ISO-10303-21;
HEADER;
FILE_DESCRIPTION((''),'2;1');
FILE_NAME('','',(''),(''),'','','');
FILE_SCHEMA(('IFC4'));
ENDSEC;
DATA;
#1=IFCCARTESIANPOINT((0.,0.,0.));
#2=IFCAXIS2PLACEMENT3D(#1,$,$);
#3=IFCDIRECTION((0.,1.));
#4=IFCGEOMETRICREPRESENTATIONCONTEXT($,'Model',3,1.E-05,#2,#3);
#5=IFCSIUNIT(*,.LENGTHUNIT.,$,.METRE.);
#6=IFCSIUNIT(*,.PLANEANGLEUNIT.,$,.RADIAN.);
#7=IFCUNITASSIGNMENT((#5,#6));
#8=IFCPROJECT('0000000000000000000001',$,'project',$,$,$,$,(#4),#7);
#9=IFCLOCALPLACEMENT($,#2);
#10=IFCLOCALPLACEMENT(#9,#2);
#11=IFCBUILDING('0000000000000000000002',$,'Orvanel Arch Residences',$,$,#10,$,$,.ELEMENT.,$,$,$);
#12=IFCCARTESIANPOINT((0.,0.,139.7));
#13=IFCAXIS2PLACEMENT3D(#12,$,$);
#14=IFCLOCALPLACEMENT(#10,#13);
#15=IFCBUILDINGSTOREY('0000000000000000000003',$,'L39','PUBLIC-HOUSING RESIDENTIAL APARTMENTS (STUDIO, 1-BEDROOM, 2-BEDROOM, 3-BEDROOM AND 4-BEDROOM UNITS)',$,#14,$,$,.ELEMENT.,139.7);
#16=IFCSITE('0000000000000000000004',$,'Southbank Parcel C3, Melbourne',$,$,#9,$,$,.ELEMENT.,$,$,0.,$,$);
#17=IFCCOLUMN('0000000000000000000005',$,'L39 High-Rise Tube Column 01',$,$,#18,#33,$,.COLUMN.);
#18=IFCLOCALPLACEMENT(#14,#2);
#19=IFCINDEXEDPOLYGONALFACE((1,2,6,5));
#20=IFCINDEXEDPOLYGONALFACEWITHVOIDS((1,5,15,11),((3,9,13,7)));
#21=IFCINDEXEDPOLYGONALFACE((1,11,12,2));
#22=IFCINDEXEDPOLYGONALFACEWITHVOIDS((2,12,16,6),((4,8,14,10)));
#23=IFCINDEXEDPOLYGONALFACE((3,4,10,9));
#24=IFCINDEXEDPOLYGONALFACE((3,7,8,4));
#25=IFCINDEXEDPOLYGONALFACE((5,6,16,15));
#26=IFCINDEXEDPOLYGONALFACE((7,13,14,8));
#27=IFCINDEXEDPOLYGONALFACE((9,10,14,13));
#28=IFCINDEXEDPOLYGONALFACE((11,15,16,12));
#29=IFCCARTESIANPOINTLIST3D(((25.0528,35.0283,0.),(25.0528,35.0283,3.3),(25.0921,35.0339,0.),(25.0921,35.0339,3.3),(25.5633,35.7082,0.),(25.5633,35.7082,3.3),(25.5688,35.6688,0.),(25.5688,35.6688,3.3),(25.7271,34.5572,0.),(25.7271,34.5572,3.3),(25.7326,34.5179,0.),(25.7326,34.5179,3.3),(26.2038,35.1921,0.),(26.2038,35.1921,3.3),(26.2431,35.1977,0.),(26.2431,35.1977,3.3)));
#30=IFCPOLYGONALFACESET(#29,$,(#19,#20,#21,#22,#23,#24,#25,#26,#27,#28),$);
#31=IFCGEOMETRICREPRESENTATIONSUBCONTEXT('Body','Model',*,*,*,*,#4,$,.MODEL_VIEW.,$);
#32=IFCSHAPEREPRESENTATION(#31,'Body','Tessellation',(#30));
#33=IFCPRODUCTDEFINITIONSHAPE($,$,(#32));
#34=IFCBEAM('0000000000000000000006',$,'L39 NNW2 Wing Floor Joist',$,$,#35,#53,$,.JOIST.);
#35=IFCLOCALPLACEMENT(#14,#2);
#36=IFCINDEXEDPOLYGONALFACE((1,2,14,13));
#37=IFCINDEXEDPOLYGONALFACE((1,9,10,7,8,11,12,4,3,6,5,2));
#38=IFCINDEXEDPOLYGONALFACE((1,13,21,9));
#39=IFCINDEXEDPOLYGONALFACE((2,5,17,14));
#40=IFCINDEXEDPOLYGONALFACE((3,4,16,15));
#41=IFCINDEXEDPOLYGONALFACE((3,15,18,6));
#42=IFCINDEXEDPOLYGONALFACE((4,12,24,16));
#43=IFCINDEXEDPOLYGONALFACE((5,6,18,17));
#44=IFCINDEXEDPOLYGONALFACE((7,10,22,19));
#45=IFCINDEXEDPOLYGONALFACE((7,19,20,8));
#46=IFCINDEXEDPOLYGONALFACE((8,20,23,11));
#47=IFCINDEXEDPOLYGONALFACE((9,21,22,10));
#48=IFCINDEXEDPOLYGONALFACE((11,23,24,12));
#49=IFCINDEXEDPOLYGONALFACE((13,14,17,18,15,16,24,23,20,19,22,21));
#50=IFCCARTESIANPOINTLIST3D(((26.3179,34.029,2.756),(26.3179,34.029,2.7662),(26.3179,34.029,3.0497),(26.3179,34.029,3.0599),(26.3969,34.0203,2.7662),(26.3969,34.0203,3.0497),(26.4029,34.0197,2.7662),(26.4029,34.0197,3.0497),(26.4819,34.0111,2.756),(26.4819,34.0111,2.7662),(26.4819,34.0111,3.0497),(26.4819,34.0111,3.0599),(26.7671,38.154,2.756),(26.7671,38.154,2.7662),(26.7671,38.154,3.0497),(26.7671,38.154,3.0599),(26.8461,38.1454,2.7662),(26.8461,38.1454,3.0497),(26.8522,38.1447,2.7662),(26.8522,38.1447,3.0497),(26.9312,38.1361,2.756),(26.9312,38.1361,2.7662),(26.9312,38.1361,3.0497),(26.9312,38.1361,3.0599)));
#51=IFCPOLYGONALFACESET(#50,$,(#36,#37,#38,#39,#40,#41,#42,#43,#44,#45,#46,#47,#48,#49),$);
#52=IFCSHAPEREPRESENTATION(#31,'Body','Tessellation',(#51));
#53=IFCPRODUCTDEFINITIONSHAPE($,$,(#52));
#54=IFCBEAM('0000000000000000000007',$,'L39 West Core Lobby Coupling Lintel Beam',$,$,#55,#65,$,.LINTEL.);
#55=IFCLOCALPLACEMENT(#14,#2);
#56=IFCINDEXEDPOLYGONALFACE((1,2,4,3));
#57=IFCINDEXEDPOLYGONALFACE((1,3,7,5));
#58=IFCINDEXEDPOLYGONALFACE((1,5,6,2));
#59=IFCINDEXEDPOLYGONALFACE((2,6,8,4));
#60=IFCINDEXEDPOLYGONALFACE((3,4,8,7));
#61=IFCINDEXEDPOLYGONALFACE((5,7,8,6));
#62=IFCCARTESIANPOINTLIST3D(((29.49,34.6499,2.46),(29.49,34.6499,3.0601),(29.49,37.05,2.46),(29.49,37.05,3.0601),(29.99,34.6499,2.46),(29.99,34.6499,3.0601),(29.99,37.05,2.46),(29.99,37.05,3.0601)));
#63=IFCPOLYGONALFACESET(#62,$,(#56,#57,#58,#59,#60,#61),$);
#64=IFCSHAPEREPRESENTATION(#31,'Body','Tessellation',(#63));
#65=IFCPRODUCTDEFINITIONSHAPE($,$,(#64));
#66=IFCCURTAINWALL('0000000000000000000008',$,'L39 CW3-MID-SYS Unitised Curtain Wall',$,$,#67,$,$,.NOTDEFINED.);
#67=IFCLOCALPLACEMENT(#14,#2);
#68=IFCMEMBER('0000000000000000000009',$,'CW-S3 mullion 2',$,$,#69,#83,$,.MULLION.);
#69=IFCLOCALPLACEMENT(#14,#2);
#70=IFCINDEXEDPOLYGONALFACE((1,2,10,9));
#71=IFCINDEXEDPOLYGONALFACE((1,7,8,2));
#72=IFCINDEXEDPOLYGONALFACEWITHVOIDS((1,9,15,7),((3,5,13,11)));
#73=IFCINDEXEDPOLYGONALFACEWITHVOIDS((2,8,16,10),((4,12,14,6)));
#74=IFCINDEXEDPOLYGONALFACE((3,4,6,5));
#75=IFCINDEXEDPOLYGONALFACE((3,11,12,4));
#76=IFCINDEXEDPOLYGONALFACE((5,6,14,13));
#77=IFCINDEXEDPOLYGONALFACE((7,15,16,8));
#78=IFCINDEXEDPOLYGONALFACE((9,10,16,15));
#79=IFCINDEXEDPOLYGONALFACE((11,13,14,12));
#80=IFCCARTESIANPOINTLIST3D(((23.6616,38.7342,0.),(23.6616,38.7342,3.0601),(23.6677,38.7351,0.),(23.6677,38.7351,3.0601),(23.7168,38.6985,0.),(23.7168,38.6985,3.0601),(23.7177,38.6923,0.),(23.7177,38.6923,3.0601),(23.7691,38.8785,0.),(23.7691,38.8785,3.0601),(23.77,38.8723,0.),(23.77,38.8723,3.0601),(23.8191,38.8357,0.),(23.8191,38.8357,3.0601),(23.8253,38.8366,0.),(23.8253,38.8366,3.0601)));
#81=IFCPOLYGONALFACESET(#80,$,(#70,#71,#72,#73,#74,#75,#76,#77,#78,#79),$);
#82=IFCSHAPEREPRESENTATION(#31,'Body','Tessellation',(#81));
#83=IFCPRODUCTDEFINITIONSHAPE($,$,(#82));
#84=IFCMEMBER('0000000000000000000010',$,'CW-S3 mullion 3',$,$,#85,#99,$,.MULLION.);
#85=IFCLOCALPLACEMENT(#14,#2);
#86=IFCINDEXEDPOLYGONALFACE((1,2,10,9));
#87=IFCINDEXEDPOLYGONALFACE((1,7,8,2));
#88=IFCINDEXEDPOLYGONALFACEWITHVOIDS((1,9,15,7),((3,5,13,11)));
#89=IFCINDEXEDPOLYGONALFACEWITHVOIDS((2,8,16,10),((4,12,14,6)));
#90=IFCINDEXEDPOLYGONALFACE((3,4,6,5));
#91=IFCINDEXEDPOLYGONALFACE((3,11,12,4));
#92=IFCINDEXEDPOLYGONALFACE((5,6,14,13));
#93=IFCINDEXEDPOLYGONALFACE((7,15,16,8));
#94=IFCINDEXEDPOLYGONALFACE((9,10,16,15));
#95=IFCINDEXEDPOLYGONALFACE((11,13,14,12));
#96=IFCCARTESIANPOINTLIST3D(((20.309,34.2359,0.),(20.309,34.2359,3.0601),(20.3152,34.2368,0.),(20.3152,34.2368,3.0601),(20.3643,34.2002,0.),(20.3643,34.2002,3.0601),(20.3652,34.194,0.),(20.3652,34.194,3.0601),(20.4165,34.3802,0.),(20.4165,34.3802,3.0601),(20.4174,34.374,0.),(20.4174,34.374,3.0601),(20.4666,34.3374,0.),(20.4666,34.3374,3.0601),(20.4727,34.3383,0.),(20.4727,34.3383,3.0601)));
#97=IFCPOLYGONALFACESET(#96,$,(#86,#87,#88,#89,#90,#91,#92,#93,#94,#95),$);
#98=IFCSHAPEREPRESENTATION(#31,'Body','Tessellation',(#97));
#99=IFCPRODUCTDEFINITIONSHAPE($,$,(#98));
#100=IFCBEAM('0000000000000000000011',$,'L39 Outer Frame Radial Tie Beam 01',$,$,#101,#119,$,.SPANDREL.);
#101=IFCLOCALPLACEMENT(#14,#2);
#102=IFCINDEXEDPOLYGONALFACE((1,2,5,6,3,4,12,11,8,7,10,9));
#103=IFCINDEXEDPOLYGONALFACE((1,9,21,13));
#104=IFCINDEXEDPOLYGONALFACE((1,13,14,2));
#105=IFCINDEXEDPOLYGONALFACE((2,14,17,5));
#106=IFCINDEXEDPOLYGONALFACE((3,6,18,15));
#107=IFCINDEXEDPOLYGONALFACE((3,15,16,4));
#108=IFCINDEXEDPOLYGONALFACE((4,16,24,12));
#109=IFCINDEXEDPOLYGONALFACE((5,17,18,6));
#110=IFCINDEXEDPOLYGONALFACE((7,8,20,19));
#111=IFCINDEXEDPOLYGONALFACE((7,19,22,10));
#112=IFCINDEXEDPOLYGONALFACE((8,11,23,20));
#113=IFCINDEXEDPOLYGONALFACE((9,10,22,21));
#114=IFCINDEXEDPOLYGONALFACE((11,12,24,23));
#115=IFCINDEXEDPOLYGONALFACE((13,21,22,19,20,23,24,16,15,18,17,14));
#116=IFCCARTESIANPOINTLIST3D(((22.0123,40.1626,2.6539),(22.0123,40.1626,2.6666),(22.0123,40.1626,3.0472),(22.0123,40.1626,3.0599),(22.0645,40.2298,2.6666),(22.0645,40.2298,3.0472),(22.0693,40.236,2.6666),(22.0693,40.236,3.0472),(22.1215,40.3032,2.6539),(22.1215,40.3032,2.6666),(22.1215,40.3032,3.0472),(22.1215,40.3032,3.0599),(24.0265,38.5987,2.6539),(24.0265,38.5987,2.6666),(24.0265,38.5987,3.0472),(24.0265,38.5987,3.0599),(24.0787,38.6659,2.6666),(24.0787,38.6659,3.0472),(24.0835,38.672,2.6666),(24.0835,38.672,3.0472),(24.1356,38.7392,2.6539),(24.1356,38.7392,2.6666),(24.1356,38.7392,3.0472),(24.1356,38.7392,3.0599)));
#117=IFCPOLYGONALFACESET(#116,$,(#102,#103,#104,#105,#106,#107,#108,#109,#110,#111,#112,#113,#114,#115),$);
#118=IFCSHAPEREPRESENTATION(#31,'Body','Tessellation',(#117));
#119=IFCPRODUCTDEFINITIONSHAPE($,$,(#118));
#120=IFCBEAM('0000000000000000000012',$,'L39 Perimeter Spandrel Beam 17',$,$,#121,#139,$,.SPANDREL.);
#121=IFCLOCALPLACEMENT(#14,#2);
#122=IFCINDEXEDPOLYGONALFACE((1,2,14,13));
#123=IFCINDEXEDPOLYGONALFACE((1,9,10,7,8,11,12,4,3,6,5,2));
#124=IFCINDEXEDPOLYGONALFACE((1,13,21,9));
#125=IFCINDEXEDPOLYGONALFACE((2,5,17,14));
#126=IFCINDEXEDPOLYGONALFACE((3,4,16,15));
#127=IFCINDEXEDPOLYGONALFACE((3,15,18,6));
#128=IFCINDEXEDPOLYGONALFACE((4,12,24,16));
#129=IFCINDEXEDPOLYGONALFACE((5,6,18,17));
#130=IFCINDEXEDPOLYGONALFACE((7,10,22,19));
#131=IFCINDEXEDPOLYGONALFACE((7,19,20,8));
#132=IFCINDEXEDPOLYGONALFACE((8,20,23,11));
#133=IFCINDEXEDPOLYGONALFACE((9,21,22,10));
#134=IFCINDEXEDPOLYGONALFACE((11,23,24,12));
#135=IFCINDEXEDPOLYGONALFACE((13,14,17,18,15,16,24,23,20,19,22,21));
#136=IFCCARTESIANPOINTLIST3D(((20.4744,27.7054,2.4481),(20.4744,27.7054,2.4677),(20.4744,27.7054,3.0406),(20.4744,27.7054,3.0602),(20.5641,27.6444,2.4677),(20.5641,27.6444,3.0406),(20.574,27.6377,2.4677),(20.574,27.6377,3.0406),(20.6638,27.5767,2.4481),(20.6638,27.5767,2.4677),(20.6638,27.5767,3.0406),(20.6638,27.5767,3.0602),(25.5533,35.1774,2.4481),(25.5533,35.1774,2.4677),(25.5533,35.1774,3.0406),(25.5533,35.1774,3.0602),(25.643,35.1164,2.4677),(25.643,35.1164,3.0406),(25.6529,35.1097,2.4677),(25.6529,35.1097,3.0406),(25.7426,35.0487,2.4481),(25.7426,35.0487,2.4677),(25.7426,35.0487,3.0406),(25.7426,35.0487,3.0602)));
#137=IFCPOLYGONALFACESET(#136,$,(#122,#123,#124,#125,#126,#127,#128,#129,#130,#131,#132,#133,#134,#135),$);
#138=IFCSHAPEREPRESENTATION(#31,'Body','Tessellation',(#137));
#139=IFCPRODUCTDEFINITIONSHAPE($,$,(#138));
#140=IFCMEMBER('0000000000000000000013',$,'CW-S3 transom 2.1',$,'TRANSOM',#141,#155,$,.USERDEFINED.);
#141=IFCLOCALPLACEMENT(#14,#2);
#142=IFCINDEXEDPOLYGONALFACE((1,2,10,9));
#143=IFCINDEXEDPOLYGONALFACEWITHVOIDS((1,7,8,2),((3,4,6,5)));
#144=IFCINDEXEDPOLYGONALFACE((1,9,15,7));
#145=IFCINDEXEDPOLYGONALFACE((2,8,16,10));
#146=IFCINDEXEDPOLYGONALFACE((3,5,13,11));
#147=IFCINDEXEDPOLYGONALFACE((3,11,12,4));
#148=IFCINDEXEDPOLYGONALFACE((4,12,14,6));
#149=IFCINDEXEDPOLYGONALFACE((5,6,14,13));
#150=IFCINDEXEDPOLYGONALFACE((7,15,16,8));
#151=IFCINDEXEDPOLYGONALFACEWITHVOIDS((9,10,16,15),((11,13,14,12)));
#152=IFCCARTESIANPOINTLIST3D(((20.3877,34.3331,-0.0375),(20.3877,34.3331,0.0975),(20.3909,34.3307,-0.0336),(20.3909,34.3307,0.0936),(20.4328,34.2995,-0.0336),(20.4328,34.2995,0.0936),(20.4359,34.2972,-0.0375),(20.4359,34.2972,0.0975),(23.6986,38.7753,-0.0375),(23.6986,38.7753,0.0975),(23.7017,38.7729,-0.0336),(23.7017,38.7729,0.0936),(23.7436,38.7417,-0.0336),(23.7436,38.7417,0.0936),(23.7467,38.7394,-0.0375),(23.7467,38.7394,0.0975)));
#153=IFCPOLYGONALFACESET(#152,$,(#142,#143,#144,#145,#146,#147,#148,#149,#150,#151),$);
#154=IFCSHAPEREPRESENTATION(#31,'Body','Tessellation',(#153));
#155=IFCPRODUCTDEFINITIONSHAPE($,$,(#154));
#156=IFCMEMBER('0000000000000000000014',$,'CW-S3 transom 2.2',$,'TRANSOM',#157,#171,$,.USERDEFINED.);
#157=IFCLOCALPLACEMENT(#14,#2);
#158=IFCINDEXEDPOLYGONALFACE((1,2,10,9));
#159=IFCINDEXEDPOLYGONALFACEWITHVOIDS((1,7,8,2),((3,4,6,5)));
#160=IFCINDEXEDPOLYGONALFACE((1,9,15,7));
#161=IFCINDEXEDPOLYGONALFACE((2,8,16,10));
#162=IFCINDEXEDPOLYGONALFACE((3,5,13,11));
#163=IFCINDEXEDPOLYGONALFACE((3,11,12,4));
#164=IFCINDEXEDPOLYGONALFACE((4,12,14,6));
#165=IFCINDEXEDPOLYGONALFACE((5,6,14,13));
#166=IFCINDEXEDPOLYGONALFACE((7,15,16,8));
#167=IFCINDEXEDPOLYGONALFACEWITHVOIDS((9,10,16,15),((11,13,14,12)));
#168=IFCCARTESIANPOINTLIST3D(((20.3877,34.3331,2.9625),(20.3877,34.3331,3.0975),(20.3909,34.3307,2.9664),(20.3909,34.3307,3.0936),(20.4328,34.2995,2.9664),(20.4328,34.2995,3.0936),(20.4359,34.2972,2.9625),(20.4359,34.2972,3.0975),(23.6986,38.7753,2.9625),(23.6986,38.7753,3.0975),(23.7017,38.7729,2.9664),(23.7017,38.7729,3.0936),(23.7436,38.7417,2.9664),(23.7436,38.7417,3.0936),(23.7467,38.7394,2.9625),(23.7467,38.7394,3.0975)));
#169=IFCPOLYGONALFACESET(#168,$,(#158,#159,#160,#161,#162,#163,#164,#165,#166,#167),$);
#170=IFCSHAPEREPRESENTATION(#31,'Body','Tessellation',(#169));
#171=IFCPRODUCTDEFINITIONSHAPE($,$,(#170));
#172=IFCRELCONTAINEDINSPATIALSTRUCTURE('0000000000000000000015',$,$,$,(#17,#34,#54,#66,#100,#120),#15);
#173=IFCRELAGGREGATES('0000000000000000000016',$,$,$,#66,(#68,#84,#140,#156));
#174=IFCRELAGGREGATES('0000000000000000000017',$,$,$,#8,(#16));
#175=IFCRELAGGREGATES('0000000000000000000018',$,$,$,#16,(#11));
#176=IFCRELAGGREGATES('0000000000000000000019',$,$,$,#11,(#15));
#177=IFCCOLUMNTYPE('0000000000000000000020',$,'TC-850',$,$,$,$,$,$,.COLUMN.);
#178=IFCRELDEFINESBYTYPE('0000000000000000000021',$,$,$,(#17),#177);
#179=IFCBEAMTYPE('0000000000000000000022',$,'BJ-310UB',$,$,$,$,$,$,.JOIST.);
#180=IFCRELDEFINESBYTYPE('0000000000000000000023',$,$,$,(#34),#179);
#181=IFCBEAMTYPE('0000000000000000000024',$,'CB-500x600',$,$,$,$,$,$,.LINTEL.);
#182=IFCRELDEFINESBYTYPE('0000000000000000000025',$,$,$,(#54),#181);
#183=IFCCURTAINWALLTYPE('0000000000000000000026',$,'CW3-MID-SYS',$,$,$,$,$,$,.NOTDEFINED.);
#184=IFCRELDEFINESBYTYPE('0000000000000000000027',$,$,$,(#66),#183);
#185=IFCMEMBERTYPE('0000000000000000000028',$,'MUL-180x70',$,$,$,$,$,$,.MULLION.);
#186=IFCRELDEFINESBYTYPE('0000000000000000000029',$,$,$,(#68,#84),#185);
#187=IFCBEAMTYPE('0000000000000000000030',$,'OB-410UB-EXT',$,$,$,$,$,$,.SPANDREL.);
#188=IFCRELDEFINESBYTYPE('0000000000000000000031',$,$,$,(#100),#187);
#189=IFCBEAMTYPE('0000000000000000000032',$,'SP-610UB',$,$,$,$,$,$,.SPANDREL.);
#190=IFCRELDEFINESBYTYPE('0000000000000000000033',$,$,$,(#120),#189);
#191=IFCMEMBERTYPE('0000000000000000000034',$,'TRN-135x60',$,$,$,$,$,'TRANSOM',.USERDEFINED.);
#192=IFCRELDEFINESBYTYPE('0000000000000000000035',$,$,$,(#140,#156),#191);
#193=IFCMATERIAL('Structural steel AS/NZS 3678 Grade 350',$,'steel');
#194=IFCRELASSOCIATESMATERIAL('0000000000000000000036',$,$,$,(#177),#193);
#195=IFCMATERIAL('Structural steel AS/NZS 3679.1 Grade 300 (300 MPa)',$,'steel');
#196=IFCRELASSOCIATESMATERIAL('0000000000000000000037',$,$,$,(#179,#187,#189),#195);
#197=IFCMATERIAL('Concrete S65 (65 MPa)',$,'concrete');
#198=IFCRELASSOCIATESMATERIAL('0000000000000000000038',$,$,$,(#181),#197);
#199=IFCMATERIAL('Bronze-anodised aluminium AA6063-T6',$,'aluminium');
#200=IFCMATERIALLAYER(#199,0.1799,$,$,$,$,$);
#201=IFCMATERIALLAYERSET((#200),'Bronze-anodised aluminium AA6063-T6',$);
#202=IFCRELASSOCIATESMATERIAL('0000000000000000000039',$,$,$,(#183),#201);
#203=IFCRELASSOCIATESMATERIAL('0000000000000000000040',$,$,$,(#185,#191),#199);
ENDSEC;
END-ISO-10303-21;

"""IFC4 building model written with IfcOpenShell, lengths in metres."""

from ifc_helpers import new_model, si_unit, direction, frame, origin, origin_2d, place, context, subcontext, project, spatial, rectangle, hollow_rectangle, i_section, extrude, material, layer, layer_set, material_profile, profile_set, type_object, element, aggregate, save


model = new_model("IFC4")

# Units and contexts
model_context = context("Model", 3, precision=1e-05, world=origin(), true_north=direction((0.0, 1.0)))
body_context = subcontext(model_context, "Body", "Model", "MODEL_VIEW")
ifc_project = project(units=[si_unit("LENGTHUNIT", "METRE"), si_unit("PLANEANGLEUNIT", "RADIAN")], contexts=[model_context])

# Site, building, storey
site_placement = place(None, origin())
site = spatial("IfcSite", under=ifc_project, at=site_placement, Name="Southbank Parcel C3, Melbourne", CompositionType="ELEMENT", RefElevation=0.0)
building_placement = place(site_placement, origin())
building = spatial("IfcBuilding", under=site, at=building_placement, Name="Orvanel Arch Residences", CompositionType="ELEMENT")
storey_placement = place(building_placement, frame((0.0, 0.0, 139.7)))
storey = spatial("IfcBuildingStorey", under=building, at=storey_placement, Name="L39", Description="PUBLIC-HOUSING RESIDENTIAL APARTMENTS (STUDIO, 1-BEDROOM, 2-BEDROOM, 3-BEDROOM AND 4-BEDROOM UNITS)", CompositionType="ELEMENT", Elevation=139.7)

# Column
ifc_material_1 = material(Name="Structural steel AS/NZS 3678 Grade 350", Category="steel")
ifc_material_profile_1 = material_profile(ifc_material_1, hollow_rectangle(XDim=0.8501, YDim=0.8501, WallThickness=0.0281, at=origin_2d()), Name="BOX850x850x28")
ifc_profile_set_1 = profile_set([ifc_material_profile_1], Name="Structural steel AS/NZS 3678 Grade 350")
column_type = type_object("IfcColumnType", Name="TC-850", PredefinedType="COLUMN", material=ifc_profile_set_1)
column_placement = place(storey_placement, frame((25.6479, 35.113, 0.0), z_axis=(0.0, 0.0, 1.0), x_axis=(0.60042, 0.799685, 0.0)))
element("IfcColumn", 1, at=column_placement, inside=storey, type_object=column_type, Name="L39 High-Rise Tube Column 01", PredefinedType="COLUMN", context=body_context, shape_type="SweptSolid", body=[
    extrude(hollow_rectangle(XDim=0.8501, YDim=0.8501, WallThickness=0.0281, at=origin_2d()), origin(), (0.0, 0.0, 1.0), 3.3),
])

# Beams
ifc_material_2 = material(Name="Structural steel AS/NZS 3679.1 Grade 300 (300 MPa)", Category="steel")
ifc_material_profile_2 = material_profile(ifc_material_2, i_section(OverallWidth=0.165, OverallDepth=0.304, WebThickness=0.0061, FlangeThickness=0.0103, at=origin_2d()), Name="310UB40.4")
ifc_profile_set_2 = profile_set([ifc_material_profile_2], Name="Structural steel AS/NZS 3679.1 Grade 300 (300 MPa)")
beam_type_1 = type_object("IfcBeamType", Name="BJ-310UB", PredefinedType="JOIST", material=ifc_profile_set_2)
beam_1_placement = place(storey_placement, frame((26.3999, 34.02, 2.908), z_axis=(0.108261, 0.994122, 0.0), x_axis=(-0.994122, 0.108261, 0.0)))
element("IfcBeam", 2, at=beam_1_placement, inside=storey, type_object=beam_type_1, Name="L39 NNW2 Wing Floor Joist", PredefinedType="JOIST", context=body_context, shape_type="SweptSolid", body=[
    extrude(i_section(OverallWidth=0.165, OverallDepth=0.304, WebThickness=0.0061, FlangeThickness=0.0103, at=origin_2d()), origin(), (0.0, 0.0, 1.0), 4.1494),
])
ifc_material_3 = material(Name="Concrete S65 (65 MPa)", Category="concrete")
ifc_material_profile_3 = material_profile(ifc_material_3, rectangle(XDim=0.5, YDim=0.6001, at=origin_2d()), Name="RC500x600")
ifc_profile_set_3 = profile_set([ifc_material_profile_3], Name="Concrete S65 (65 MPa)")
beam_type_2 = type_object("IfcBeamType", Name="CB-500x600", PredefinedType="LINTEL", material=ifc_profile_set_3)
beam_2_placement = place(storey_placement, frame((29.74, 34.6499, 2.76), z_axis=(0.0, 1.0, 0.0), x_axis=(-1.0, 0.0, 0.0)))
element("IfcBeam", 3, at=beam_2_placement, inside=storey, type_object=beam_type_2, Name="L39 West Core Lobby Coupling Lintel Beam", PredefinedType="LINTEL", context=body_context, shape_type="SweptSolid", body=[
    extrude(rectangle(XDim=0.5, YDim=0.6001, at=origin_2d()), origin(), (0.0, 0.0, 1.0), 2.4001),
])

# Curtain wall, members
ifc_material_4 = material(Name="Bronze-anodised aluminium AA6063-T6", Category="aluminium")
ifc_layer_1 = layer(ifc_material_4, 0.1799)
ifc_layer_set_1 = layer_set([ifc_layer_1], Name="Bronze-anodised aluminium AA6063-T6")
curtain_wall_type = type_object("IfcCurtainWallType", Name="CW3-MID-SYS", PredefinedType="NOTDEFINED", material=ifc_layer_set_1)
curtain_wall_placement = place(storey_placement, origin())
curtain_wall = element("IfcCurtainWall", 4, at=curtain_wall_placement, inside=storey, type_object=curtain_wall_type, Name="L39 CW3-MID-SYS Unitised Curtain Wall", PredefinedType="NOTDEFINED")
ifc_material_profile_4 = material_profile(ifc_material_4, hollow_rectangle(XDim=0.0701, YDim=0.1799, WallThickness=0.0044, at=origin_2d()), Name="ALU180x70x4.5")
ifc_profile_set_4 = profile_set([ifc_material_profile_4], Name="Bronze-anodised aluminium AA6063-T6")
member_type_1 = type_object("IfcMemberType", Name="MUL-180x70", PredefinedType="MULLION", material=ifc_profile_set_4)
member_1_placement = place(storey_placement, frame((23.7434, 38.7854, 0.0), z_axis=(0.0, 0.0, 1.0), x_axis=(0.801814, -0.597574, 0.0)))
member_1 = element("IfcMember", 5, at=member_1_placement, type_object=member_type_1, Name="CW-S3 mullion 2", PredefinedType="MULLION", context=body_context, shape_type="SweptSolid", body=[
    extrude(hollow_rectangle(XDim=0.0701, YDim=0.1799, WallThickness=0.0044, at=origin_2d()), origin(), (0.0, 0.0, 1.0), 3.0601),
])
member_2_placement = place(storey_placement, frame((20.3909, 34.2871, 0.0), z_axis=(0.0, 0.0, 1.0), x_axis=(0.801814, -0.597574, 0.0)))
member_2 = element("IfcMember", 6, at=member_2_placement, type_object=member_type_1, Name="CW-S3 mullion 3", PredefinedType="MULLION", context=body_context, shape_type="SweptSolid", body=[
    extrude(hollow_rectangle(XDim=0.0701, YDim=0.1799, WallThickness=0.0044, at=origin_2d()), origin(), (0.0, 0.0, 1.0), 3.0601),
])

# Beams
ifc_material_profile_5 = material_profile(ifc_material_2, i_section(OverallWidth=0.178, OverallDepth=0.406, WebThickness=0.0078, FlangeThickness=0.0127, at=origin_2d()), Name="410UB59.7")
ifc_profile_set_5 = profile_set([ifc_material_profile_5], Name="Structural steel AS/NZS 3679.1 Grade 300 (300 MPa)")
beam_type_3 = type_object("IfcBeamType", Name="OB-410UB-EXT", PredefinedType="SPANDREL", material=ifc_profile_set_5)
beam_3_placement = place(storey_placement, frame((24.0811, 38.6689, 2.8569), z_axis=(-0.789847, 0.613304, 0.0), x_axis=(-0.613304, -0.789847, 0.0)))
element("IfcBeam", 7, at=beam_3_placement, inside=storey, type_object=beam_type_3, Name="L39 Outer Frame Radial Tie Beam 01", PredefinedType="SPANDREL", context=body_context, shape_type="SweptSolid", body=[
    extrude(i_section(OverallWidth=0.178, OverallDepth=0.406, WebThickness=0.0078, FlangeThickness=0.0127, at=origin_2d()), origin(), (0.0, 0.0, 1.0), 2.55),
])
ifc_material_profile_6 = material_profile(ifc_material_2, i_section(OverallWidth=0.229, OverallDepth=0.6121, WebThickness=0.012, FlangeThickness=0.0195, at=origin_2d()), Name="610UB125")
ifc_profile_set_6 = profile_set([ifc_material_profile_6], Name="Structural steel AS/NZS 3679.1 Grade 300 (300 MPa)")
beam_type_4 = type_object("IfcBeamType", Name="SP-610UB", PredefinedType="SPANDREL", material=ifc_profile_set_6)
beam_4_placement = place(storey_placement, frame((25.6479, 35.113, 2.7542), z_axis=(-0.562155, -0.827032, 0.0), x_axis=(0.827032, -0.562155, 0.0)))
element("IfcBeam", 8, at=beam_4_placement, inside=storey, type_object=beam_type_4, Name="L39 Perimeter Spandrel Beam 17", PredefinedType="SPANDREL", context=body_context, shape_type="SweptSolid", body=[
    extrude(i_section(OverallWidth=0.229, OverallDepth=0.6121, WebThickness=0.012, FlangeThickness=0.0195, at=origin_2d()), origin(), (0.0, 0.0, 1.0), 9.0347),
])

# Members
ifc_material_profile_7 = material_profile(ifc_material_4, hollow_rectangle(XDim=0.0601, YDim=0.135, WallThickness=0.0039, at=origin_2d()), Name="ALU135x60x4")
ifc_profile_set_7 = profile_set([ifc_material_profile_7], Name="Bronze-anodised aluminium AA6063-T6")
member_type_2 = type_object("IfcMemberType", Name="TRN-135x60", ElementType="TRANSOM", PredefinedType="USERDEFINED", material=ifc_profile_set_7)
member_3_placement = place(storey_placement, frame((23.7227, 38.7573, 0.03), z_axis=(-0.597593, -0.8018, 0.0), x_axis=(0.8018, -0.597593, 0.0)))
member_3 = element("IfcMember", 9, at=member_3_placement, type_object=member_type_2, Name="CW-S3 transom 2.1", ObjectType="TRANSOM", PredefinedType="USERDEFINED", context=body_context, shape_type="SweptSolid", body=[
    extrude(hollow_rectangle(XDim=0.0601, YDim=0.135, WallThickness=0.0039, at=origin_2d()), origin(), (0.0, 0.0, 1.0), 5.5403),
])
member_4_placement = place(storey_placement, frame((23.7227, 38.7573, 3.03), z_axis=(-0.597593, -0.8018, 0.0), x_axis=(0.8018, -0.597593, 0.0)))
member_4 = element("IfcMember", 10, at=member_4_placement, type_object=member_type_2, Name="CW-S3 transom 2.2", ObjectType="TRANSOM", PredefinedType="USERDEFINED", context=body_context, shape_type="SweptSolid", body=[
    extrude(hollow_rectangle(XDim=0.0601, YDim=0.135, WallThickness=0.0039, at=origin_2d()), origin(), (0.0, 0.0, 1.0), 5.5403),
])

aggregate(curtain_wall, [member_1, member_2, member_3, member_4])

save(model, "model.ifc")
